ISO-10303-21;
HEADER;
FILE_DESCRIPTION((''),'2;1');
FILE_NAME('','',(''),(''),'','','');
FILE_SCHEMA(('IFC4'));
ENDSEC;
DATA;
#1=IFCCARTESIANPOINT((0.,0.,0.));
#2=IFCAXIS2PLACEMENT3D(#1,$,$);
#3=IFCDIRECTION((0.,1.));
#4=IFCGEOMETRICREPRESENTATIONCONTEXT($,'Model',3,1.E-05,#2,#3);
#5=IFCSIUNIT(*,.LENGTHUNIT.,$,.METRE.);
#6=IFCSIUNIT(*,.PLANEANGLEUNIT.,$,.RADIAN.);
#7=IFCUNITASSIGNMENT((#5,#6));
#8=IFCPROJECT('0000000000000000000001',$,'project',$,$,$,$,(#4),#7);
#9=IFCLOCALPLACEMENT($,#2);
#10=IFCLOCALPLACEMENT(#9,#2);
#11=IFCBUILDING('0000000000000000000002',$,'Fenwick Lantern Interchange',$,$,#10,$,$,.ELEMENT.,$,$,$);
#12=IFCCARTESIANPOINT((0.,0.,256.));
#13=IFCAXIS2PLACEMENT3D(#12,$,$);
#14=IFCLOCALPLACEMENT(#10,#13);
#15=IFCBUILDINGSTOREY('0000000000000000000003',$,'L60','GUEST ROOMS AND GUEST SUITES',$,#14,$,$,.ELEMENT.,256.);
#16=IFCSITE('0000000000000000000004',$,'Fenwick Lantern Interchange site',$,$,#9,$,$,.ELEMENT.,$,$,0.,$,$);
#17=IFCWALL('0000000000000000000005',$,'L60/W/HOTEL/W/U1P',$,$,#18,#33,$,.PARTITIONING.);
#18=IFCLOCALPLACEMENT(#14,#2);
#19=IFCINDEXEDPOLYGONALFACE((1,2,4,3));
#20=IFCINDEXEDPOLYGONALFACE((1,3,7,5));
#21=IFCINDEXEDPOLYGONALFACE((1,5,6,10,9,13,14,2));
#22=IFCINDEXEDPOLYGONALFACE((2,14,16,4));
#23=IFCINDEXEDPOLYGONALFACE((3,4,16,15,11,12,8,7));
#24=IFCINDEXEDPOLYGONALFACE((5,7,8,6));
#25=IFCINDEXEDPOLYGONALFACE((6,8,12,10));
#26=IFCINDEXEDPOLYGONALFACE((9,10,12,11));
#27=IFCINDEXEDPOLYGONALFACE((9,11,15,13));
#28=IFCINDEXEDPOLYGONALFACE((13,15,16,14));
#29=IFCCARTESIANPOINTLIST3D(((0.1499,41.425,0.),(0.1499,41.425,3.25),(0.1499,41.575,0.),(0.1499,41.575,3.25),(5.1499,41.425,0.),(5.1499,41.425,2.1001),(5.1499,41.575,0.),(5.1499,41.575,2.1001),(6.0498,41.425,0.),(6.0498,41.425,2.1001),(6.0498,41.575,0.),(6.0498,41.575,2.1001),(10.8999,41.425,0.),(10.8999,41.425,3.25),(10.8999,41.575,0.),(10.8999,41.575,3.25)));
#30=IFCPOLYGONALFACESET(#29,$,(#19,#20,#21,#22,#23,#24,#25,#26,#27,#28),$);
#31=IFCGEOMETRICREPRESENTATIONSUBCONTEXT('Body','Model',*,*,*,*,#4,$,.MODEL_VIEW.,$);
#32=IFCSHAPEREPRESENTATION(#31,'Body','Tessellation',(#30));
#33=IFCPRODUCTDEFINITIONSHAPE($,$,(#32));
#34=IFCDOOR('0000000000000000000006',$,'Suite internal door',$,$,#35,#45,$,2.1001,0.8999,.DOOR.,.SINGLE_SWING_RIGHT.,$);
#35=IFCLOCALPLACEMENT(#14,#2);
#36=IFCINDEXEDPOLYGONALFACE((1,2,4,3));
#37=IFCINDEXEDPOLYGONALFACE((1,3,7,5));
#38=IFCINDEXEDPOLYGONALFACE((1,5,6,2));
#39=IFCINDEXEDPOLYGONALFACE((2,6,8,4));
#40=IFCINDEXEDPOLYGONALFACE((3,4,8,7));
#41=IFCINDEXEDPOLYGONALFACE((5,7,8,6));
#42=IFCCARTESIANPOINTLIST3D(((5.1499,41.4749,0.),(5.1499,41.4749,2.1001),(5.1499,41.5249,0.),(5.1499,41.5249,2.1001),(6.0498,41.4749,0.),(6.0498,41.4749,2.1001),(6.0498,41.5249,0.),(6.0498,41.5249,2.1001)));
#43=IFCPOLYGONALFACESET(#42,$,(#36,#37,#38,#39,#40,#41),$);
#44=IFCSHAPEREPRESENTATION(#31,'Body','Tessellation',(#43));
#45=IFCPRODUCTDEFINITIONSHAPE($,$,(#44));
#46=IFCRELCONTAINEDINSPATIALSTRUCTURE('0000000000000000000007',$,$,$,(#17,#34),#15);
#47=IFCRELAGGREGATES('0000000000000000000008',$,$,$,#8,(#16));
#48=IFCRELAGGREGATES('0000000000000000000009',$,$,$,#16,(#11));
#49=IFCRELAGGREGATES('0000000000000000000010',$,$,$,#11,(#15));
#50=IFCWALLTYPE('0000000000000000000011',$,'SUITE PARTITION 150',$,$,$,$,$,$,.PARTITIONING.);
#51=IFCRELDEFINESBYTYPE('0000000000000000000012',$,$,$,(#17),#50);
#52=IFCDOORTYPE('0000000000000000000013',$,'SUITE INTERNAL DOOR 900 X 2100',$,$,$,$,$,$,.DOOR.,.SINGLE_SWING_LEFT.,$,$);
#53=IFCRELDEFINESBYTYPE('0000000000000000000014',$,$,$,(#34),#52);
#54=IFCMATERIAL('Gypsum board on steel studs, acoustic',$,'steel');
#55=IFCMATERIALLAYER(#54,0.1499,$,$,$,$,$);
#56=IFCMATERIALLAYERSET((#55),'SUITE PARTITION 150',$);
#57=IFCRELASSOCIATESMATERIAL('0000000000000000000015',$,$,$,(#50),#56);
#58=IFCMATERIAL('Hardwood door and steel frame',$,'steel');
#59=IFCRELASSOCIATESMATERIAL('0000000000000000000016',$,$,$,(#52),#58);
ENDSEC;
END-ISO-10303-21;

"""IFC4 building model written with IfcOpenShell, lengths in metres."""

from ifc_helpers import new_model, si_unit, direction, frame, frame_2d, origin, place, context, subcontext, project, spatial, rectangle, extrude, material, layer, layer_set, type_object, element, fill, save


model = new_model("IFC4")

# Units and contexts
model_context = context("Model", 3, precision=1e-05, world=origin(), true_north=direction((0.0, 1.0)))
body_context = subcontext(model_context, "Body", "Model", "MODEL_VIEW")
ifc_project = project(units=[si_unit("LENGTHUNIT", "METRE"), si_unit("PLANEANGLEUNIT", "RADIAN")], contexts=[model_context])

# Site, building, storey
site_placement = place(None, origin())
site = spatial("IfcSite", under=ifc_project, at=site_placement, Name="Fenwick Lantern Interchange site", CompositionType="ELEMENT", RefElevation=0.0)
building_placement = place(site_placement, origin())
building = spatial("IfcBuilding", under=site, at=building_placement, Name="Fenwick Lantern Interchange", CompositionType="ELEMENT")
storey_placement = place(building_placement, frame((0.0, 0.0, 256.0)))
storey = spatial("IfcBuildingStorey", under=building, at=storey_placement, Name="L60", Description="GUEST ROOMS AND GUEST SUITES", CompositionType="ELEMENT", Elevation=256.0)

# Wall, opening, door
ifc_material_1 = material(Name="Gypsum board on steel studs, acoustic", Category="steel")
ifc_layer_1 = layer(ifc_material_1, 0.1499)
ifc_layer_set_1 = layer_set([ifc_layer_1], Name="SUITE PARTITION 150")
wall_type_1 = type_object("IfcWallType", Name="SUITE PARTITION 150", PredefinedType="PARTITIONING", material=ifc_layer_set_1)
wall_1_placement = place(storey_placement, frame((0.1499, 41.5, 0.0), z_axis=(0.0, 0.0, 1.0), x_axis=(1.0, 0.0, 0.0)))
wall_1 = element("IfcWall", 1, at=wall_1_placement, inside=storey, type_object=wall_type_1, Name="L60/W/HOTEL/W/U1P", PredefinedType="PARTITIONING", context=body_context, shape_type="SweptSolid", body=[
    extrude(rectangle(XDim=10.75, YDim=0.1499, at=frame_2d((5.375, 0.0))), origin(), (0.0, 0.0, 1.0), 3.25),
])
opening_placement = place(wall_1_placement, frame((5.0, 0.0, 0.0)))
opening = element("IfcOpeningElement", 2, at=opening_placement, cuts=wall_1, PredefinedType="OPENING", context=body_context, shape_type="SweptSolid", body=[
    extrude(rectangle(XDim=0.8999, YDim=2.1001, at=frame_2d((0.45, 1.05))), frame((0.0, 0.085, 0.0), z_axis=(0.0, -1.0, 0.0), x_axis=(1.0, 0.0, 0.0)), (0.0, 0.0, 1.0), 0.1699),
])
ifc_material_2 = material(Name="Hardwood door and steel frame", Category="steel")
door_type = type_object("IfcDoorType", Name="SUITE INTERNAL DOOR 900 X 2100", OperationType="SINGLE_SWING_LEFT", PredefinedType="DOOR", material=ifc_material_2)
door_placement = place(opening_placement, origin())
door = element("IfcDoor", 3, at=door_placement, inside=storey, type_object=door_type, Name="Suite internal door", OperationType="SINGLE_SWING_RIGHT", OverallHeight=2.1001, OverallWidth=0.8999, PredefinedType="DOOR", context=body_context, shape_type="SweptSolid", body=[
    extrude(rectangle(XDim=0.8999, YDim=2.1001, at=frame_2d((0.45, 1.05))), frame((0.0, 0.0249, 0.0), z_axis=(0.0, -1.0, 0.0), x_axis=(1.0, 0.0, 0.0)), (0.0, 0.0, 1.0), 0.05),
])
fill(opening, door)

save(model, "model.ifc")
